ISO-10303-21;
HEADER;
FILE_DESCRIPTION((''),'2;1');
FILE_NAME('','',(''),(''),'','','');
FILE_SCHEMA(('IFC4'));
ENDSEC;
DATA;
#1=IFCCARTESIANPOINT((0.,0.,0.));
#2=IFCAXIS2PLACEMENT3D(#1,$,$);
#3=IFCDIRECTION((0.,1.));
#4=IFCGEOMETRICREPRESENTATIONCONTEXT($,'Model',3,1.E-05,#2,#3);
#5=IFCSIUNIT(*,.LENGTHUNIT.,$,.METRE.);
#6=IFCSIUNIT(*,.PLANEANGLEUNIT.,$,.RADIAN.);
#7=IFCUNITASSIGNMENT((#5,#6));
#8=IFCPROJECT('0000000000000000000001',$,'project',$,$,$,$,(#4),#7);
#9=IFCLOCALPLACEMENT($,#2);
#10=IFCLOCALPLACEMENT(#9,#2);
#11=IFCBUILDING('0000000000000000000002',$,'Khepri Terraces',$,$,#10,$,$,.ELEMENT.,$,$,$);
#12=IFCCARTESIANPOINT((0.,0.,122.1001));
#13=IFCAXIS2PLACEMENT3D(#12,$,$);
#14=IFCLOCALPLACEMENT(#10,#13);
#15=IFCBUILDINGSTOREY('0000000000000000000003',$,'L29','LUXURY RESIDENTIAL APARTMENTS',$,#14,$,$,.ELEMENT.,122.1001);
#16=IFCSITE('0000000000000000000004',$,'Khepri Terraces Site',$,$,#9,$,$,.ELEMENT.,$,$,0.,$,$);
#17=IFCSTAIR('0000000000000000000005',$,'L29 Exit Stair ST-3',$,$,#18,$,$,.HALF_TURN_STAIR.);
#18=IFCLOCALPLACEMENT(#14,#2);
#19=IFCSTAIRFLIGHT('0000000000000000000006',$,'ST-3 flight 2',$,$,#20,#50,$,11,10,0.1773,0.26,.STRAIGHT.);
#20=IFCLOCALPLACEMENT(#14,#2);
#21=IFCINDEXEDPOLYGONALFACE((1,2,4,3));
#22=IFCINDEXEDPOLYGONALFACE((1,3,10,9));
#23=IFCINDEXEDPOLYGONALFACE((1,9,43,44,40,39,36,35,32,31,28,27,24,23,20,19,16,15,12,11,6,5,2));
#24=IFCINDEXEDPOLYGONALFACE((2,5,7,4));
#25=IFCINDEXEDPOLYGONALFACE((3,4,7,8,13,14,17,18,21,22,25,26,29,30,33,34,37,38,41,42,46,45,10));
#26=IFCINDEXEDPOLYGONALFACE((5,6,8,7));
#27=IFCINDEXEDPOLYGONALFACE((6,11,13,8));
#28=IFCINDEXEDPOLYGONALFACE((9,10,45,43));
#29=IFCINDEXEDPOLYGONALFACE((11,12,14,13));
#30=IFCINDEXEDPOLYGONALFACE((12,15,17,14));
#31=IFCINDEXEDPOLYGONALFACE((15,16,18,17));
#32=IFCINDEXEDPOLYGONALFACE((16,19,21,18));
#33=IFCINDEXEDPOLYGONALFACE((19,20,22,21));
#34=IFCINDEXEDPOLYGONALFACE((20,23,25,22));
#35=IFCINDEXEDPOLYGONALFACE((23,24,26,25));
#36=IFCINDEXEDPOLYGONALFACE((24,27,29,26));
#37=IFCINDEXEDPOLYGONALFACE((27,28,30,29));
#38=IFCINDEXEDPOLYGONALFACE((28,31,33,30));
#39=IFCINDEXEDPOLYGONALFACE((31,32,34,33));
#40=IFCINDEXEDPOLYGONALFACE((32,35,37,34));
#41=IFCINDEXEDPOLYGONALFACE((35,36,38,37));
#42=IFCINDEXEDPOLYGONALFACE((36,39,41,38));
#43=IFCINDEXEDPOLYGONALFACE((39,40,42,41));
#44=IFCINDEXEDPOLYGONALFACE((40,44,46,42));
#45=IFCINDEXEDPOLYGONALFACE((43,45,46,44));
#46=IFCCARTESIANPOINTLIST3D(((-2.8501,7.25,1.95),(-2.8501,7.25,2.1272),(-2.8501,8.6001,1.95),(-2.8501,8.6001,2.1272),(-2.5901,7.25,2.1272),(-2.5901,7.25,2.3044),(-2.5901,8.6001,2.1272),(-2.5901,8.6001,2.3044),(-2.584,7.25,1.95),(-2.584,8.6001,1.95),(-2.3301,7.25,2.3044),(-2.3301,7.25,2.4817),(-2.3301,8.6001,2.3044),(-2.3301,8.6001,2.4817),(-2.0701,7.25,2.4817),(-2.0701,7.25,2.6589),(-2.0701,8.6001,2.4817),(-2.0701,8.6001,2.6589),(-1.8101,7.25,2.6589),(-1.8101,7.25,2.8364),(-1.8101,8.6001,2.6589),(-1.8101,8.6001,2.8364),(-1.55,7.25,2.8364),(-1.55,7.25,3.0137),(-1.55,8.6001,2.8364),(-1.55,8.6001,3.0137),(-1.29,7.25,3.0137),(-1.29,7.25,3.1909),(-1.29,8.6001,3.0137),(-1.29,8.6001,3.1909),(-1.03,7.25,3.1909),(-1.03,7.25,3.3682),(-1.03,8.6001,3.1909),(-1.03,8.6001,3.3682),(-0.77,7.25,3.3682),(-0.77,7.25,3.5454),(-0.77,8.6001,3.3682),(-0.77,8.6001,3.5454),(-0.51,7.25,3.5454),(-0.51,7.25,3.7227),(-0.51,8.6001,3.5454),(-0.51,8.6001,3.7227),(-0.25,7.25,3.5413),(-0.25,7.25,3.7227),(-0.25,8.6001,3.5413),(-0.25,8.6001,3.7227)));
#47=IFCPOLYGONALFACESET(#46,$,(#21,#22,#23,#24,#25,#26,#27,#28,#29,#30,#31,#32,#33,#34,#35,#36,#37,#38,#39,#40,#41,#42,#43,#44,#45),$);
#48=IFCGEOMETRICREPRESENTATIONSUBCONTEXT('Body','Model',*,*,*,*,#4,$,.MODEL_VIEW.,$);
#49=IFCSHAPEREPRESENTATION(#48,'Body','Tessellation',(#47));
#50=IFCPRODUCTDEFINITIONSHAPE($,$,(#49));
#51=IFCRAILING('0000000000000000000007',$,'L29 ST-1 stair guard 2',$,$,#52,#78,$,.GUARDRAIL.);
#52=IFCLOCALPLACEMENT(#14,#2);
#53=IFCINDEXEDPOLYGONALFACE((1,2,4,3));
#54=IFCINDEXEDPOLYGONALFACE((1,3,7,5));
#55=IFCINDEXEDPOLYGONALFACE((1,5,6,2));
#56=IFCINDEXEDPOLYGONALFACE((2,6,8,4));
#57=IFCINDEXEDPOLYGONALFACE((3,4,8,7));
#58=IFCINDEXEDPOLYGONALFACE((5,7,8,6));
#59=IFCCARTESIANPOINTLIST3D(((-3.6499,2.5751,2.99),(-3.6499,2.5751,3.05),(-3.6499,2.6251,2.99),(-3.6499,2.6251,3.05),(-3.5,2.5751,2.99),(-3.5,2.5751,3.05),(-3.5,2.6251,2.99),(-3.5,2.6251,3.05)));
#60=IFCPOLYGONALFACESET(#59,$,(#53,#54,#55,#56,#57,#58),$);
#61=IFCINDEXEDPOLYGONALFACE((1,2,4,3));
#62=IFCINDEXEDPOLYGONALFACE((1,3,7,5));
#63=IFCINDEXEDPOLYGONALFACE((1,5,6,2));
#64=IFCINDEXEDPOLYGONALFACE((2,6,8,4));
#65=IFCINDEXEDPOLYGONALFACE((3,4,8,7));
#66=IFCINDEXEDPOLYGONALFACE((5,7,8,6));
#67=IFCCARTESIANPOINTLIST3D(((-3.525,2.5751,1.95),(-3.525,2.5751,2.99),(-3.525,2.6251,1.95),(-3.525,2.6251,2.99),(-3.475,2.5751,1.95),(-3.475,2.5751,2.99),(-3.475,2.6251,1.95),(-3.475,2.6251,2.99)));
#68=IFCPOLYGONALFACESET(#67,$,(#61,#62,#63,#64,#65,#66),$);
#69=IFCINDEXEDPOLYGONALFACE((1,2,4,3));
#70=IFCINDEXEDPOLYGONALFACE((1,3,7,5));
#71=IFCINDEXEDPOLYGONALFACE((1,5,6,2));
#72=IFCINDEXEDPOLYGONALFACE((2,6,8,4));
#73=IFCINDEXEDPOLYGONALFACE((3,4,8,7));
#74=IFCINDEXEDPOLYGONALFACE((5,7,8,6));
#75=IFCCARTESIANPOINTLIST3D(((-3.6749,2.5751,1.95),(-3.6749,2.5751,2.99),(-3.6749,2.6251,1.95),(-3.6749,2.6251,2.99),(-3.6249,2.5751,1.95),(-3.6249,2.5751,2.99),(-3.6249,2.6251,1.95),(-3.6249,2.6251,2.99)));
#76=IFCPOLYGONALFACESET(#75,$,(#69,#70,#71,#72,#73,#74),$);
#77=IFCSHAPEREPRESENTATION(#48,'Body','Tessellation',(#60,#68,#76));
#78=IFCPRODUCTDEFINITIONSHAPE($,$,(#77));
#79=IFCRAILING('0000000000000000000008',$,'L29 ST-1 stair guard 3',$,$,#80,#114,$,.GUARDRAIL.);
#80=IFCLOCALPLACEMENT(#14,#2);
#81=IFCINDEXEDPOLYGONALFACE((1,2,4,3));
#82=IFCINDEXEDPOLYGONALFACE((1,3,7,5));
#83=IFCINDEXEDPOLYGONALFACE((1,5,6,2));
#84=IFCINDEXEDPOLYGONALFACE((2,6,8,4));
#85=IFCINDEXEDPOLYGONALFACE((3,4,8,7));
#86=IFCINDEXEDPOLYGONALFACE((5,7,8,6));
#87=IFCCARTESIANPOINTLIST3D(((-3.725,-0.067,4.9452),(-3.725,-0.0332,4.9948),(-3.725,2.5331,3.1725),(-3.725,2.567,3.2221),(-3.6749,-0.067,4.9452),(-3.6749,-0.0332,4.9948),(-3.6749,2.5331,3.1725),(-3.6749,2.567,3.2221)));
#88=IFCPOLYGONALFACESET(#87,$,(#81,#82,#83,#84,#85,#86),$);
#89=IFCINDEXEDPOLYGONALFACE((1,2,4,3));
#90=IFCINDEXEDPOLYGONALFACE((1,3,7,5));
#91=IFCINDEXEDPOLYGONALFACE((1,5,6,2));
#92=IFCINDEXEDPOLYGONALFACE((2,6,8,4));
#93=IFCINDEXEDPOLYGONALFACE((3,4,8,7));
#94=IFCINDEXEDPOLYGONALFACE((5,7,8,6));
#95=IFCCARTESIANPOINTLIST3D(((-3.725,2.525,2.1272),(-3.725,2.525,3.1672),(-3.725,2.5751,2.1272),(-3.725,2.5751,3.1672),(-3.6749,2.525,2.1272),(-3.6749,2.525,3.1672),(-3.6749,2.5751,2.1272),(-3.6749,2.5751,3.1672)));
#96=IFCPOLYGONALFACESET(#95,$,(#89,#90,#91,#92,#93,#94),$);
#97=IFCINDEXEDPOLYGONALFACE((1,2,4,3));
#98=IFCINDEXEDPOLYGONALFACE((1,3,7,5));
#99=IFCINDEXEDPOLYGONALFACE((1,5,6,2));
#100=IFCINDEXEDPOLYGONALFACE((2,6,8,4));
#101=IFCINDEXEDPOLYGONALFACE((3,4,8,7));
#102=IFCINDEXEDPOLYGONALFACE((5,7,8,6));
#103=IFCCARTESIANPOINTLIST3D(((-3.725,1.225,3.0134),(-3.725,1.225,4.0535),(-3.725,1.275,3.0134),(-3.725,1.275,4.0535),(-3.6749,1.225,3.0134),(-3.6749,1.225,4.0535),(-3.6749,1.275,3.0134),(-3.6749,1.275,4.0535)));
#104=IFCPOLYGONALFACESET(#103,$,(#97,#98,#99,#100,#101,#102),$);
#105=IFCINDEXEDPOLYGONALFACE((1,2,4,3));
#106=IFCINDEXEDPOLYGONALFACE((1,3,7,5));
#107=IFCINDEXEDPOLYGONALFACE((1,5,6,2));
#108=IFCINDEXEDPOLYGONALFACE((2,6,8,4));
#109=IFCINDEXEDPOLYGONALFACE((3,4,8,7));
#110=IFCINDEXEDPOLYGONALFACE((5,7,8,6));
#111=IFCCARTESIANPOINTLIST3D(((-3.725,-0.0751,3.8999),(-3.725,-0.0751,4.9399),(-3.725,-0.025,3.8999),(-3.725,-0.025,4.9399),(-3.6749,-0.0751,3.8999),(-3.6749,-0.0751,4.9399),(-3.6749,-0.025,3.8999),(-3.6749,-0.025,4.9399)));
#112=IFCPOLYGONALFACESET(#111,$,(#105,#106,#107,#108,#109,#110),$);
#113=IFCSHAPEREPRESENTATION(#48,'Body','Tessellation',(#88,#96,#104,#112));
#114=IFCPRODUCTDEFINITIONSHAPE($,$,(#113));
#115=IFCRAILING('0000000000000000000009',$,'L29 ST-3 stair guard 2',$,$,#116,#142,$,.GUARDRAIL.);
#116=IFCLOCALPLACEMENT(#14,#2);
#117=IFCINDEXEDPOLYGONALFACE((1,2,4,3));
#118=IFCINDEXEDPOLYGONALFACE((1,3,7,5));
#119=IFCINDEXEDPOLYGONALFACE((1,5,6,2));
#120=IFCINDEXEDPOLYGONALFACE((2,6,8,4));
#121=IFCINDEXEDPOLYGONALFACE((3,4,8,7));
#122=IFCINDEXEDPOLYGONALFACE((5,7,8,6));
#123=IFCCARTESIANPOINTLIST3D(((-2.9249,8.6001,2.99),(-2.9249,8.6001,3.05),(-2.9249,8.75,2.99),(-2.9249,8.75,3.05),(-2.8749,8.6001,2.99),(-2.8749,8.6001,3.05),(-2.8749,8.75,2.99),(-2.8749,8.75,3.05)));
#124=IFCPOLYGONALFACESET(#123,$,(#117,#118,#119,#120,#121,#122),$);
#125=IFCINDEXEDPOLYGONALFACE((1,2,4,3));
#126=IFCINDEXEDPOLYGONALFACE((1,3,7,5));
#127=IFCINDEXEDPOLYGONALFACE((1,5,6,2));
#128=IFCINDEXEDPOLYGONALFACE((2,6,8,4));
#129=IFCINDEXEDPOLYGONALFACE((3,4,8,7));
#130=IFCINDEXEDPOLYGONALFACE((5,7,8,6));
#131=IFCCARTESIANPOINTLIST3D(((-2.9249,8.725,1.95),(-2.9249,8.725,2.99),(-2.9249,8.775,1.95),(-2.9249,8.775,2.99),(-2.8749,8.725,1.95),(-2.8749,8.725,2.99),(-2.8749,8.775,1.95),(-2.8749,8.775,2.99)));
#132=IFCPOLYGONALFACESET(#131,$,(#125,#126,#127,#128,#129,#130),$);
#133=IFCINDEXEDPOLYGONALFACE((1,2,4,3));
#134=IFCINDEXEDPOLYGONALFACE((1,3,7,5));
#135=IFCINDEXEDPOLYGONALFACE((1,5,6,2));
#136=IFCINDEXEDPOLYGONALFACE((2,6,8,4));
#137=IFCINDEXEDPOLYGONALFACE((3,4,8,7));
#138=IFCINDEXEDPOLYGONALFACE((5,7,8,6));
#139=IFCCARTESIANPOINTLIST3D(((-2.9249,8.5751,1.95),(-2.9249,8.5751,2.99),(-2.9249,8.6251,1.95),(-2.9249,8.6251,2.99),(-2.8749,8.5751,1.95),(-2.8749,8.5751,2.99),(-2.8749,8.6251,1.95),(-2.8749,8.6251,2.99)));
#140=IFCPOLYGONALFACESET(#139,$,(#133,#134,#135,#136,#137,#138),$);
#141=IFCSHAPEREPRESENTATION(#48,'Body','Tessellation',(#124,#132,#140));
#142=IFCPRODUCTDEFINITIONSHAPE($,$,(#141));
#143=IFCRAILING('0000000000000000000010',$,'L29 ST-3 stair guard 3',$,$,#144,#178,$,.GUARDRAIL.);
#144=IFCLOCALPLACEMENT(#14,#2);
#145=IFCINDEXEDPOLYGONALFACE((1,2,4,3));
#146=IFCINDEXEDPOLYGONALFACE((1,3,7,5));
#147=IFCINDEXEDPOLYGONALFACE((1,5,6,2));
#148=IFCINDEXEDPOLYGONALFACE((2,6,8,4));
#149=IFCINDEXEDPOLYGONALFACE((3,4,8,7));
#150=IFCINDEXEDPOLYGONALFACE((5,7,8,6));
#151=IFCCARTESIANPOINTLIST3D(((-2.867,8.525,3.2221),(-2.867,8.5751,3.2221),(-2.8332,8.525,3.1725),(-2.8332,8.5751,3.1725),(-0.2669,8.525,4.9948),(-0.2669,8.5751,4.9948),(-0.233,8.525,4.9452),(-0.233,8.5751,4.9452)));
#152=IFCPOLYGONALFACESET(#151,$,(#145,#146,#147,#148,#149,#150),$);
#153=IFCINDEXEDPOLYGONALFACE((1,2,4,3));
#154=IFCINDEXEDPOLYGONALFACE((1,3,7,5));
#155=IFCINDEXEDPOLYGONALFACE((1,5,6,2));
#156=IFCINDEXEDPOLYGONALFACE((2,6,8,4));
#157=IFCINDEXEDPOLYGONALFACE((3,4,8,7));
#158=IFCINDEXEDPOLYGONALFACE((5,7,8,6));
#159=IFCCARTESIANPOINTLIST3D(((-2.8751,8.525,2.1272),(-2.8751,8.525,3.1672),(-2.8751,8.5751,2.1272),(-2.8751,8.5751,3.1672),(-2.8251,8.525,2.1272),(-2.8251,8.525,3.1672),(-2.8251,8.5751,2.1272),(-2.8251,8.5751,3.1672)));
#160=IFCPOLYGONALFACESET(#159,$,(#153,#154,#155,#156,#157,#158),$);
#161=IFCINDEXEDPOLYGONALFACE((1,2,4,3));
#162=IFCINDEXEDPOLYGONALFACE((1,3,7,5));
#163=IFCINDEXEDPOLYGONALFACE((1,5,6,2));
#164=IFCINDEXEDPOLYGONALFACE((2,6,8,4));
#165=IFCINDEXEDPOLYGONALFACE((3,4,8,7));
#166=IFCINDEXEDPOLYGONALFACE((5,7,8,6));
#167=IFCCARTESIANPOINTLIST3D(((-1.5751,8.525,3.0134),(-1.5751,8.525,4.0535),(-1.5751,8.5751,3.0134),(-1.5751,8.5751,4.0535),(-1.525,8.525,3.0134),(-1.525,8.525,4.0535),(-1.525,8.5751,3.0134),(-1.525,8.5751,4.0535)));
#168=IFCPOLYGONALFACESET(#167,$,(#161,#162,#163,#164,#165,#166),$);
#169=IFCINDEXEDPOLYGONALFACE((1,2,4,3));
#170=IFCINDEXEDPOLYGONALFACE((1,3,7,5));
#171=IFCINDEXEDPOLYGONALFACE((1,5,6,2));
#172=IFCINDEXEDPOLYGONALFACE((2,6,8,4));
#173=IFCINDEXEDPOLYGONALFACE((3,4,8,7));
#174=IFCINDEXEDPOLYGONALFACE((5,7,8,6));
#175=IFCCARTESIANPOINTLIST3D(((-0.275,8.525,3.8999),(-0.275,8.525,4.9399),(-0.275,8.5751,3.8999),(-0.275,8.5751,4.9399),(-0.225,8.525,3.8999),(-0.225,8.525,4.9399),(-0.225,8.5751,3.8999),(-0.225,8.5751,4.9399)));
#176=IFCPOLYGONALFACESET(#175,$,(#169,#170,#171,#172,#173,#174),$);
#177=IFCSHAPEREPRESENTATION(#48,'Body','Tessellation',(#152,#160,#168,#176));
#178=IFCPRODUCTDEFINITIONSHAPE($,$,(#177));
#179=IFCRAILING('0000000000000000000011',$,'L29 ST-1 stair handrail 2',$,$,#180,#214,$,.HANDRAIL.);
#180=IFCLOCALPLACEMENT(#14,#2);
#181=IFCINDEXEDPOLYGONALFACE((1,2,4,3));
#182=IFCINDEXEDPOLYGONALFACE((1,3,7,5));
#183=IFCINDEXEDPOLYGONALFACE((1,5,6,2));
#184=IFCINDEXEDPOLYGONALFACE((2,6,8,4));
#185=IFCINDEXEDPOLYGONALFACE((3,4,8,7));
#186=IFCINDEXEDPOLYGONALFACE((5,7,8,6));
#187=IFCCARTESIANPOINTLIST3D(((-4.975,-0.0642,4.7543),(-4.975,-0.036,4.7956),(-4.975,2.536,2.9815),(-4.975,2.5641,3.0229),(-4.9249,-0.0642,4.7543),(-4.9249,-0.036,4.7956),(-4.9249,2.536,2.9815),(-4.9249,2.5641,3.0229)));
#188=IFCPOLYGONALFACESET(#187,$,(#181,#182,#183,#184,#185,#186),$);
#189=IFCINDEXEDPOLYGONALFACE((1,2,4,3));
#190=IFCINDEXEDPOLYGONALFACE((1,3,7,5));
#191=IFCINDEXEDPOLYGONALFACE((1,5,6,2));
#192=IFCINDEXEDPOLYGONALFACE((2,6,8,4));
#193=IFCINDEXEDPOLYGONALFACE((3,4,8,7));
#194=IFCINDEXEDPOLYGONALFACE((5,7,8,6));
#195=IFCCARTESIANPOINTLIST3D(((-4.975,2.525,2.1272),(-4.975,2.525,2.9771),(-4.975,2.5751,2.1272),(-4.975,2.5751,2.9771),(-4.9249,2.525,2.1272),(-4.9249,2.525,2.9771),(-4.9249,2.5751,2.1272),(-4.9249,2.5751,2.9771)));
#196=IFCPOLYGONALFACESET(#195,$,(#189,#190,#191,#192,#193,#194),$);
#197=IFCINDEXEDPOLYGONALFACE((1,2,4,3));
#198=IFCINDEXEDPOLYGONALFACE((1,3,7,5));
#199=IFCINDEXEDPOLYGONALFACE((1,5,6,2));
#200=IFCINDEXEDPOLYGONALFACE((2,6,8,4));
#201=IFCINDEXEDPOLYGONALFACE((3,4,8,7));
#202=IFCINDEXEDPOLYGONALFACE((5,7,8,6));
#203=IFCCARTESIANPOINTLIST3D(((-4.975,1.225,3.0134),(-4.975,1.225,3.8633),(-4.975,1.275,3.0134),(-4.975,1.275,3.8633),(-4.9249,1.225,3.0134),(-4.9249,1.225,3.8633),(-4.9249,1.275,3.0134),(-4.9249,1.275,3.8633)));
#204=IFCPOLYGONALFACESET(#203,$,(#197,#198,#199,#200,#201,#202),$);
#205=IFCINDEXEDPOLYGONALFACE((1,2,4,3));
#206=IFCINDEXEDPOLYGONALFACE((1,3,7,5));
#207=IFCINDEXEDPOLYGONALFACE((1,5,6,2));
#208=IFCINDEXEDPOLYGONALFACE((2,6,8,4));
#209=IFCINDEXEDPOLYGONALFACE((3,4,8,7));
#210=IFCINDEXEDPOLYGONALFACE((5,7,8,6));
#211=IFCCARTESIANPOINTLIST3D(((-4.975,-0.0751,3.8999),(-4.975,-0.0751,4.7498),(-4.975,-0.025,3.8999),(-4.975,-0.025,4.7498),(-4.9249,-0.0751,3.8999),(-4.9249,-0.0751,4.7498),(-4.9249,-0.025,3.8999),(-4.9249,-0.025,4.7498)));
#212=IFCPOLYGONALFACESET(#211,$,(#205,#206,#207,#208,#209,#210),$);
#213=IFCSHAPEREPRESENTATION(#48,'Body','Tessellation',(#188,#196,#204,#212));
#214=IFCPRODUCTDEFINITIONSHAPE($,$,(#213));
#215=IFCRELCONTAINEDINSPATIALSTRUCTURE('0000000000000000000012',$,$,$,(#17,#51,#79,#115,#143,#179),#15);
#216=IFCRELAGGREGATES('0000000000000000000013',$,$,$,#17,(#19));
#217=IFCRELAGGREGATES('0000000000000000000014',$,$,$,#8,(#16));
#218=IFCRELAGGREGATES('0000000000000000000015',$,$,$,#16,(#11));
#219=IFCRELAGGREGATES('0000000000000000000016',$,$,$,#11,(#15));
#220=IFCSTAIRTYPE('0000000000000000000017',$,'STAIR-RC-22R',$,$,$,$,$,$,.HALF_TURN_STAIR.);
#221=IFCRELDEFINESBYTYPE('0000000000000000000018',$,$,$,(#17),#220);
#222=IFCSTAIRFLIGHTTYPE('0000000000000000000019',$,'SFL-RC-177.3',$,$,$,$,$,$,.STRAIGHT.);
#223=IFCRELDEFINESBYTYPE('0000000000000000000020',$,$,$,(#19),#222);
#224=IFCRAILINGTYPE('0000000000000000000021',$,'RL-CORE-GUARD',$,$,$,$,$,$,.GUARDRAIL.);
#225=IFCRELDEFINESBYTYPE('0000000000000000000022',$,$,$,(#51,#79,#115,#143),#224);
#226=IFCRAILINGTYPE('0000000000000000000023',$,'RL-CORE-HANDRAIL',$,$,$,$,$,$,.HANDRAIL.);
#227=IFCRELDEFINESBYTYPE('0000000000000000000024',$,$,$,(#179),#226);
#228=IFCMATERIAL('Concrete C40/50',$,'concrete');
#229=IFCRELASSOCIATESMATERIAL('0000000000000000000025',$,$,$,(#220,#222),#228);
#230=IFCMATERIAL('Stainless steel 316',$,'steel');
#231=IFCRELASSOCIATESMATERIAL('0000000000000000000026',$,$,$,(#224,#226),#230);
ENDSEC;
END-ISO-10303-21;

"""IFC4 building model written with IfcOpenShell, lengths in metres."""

from ifc_helpers import new_model, si_unit, direction, frame, origin, origin_2d, place, context, subcontext, project, spatial, polyline, rectangle, outline, extrude, material, type_object, element, aggregate, save


model = new_model("IFC4")

# Units and contexts
model_context = context("Model", 3, precision=1e-05, world=origin(), true_north=direction((0.0, 1.0)))
body_context = subcontext(model_context, "Body", "Model", "MODEL_VIEW")
ifc_project = project(units=[si_unit("LENGTHUNIT", "METRE"), si_unit("PLANEANGLEUNIT", "RADIAN")], contexts=[model_context])

# Site, building, storey
site_placement = place(None, origin())
site = spatial("IfcSite", under=ifc_project, at=site_placement, Name="Khepri Terraces Site", CompositionType="ELEMENT", RefElevation=0.0)
building_placement = place(site_placement, origin())
building = spatial("IfcBuilding", under=site, at=building_placement, Name="Khepri Terraces", CompositionType="ELEMENT")
storey_placement = place(building_placement, frame((0.0, 0.0, 122.1001)))
storey = spatial("IfcBuildingStorey", under=building, at=storey_placement, Name="L29", Description="LUXURY RESIDENTIAL APARTMENTS", CompositionType="ELEMENT", Elevation=122.1001)

# Stair, stair flight
ifc_material_1 = material(Name="Concrete C40/50", Category="concrete")
stair_type = type_object("IfcStairType", Name="STAIR-RC-22R", PredefinedType="HALF_TURN_STAIR", material=ifc_material_1)
stair_flight_type = type_object("IfcStairFlightType", Name="SFL-RC-177.3", PredefinedType="STRAIGHT", material=ifc_material_1)
stair_1_placement = place(storey_placement, origin())
stair_1 = element("IfcStair", 1, at=stair_1_placement, inside=storey, type_object=stair_type, Name="L29 Exit Stair ST-3", PredefinedType="HALF_TURN_STAIR")
stair_flight_1_placement = place(storey_placement, frame((-2.8501, 7.925, 1.95), z_axis=(0.0, 0.0, 1.0), x_axis=(1.0, 0.0, 0.0)))
stair_flight_1 = element("IfcStairFlight", 2, at=stair_flight_1_placement, type_object=stair_flight_type, Name="ST-3 flight 2", NumberOfRisers=11, NumberOfTreads=10, PredefinedType="STRAIGHT", RiserHeight=0.1773, TreadLength=0.26, context=body_context, shape_type="SweptSolid", body=[
    extrude(outline(polyline([(0.0, 0.0), (0.0, 0.1772), (0.26, 0.1772), (0.26, 0.3545), (0.52, 0.3545), (0.52, 0.5317), (0.78, 0.5317), (0.78, 0.709), (1.04, 0.709), (1.04, 0.8865), (1.3, 0.8865), (1.3, 1.0637), (1.5601, 1.0637), (1.5601, 1.241), (1.8201, 1.241), (1.8201, 1.4182), (2.0801, 1.4182), (2.0801, 1.5955), (2.3401, 1.5955), (2.3401, 1.7727), (2.6001, 1.7727), (2.6001, 1.95), (2.6001, 1.5913), (0.2661, 0.0), (0.0, 0.0)])), frame((0.0, 0.675, 0.0), z_axis=(0.0, -1.0, 0.0), x_axis=(1.0, 0.0, 0.0)), (0.0, 0.0, 1.0), 1.3501),
])
aggregate(stair_1, [stair_flight_1])

# Railings
ifc_material_2 = material(Name="Stainless steel 316", Category="steel")
railing_type_1 = type_object("IfcRailingType", Name="RL-CORE-GUARD", PredefinedType="GUARDRAIL", material=ifc_material_2)
railing_1_placement = place(storey_placement, frame((-3.5, 2.6001, 1.95)))
element("IfcRailing", 3, at=railing_1_placement, inside=storey, type_object=railing_type_1, Name="L29 ST-1 stair guard 2", PredefinedType="GUARDRAIL", context=body_context, shape_type="SweptSolid", body=[
    extrude(rectangle(XDim=0.05, YDim=0.0601, at=origin_2d()), frame((0.0, 0.0, 1.0701), z_axis=(-1.0, 0.0, 0.0), x_axis=(0.0, -1.0, 0.0)), (0.0, 0.0, 1.0), 0.1499),
    extrude(rectangle(XDim=0.05, YDim=0.05, at=origin_2d()), origin(), (0.0, 0.0, 1.0), 1.04),
    extrude(rectangle(XDim=0.05, YDim=0.05, at=origin_2d()), frame((-0.1499, 0.0, 0.0)), (0.0, 0.0, 1.0), 1.04),
])
railing_2_placement = place(storey_placement, frame((-3.7, 2.55, 2.1272)))
element("IfcRailing", 4, at=railing_2_placement, inside=storey, type_object=railing_type_1, Name="L29 ST-1 stair guard 3", PredefinedType="GUARDRAIL", context=body_context, shape_type="SweptSolid", body=[
    extrude(rectangle(XDim=0.05, YDim=0.0601, at=origin_2d()), frame((0.0, 0.0, 1.0701), z_axis=(0.0, -0.82624, 0.563318), x_axis=(1.0, 0.0, 0.0)), (0.0, 0.0, 1.0), 3.147),
    extrude(rectangle(XDim=0.05, YDim=0.05, at=origin_2d()), origin(), (0.0, 0.0, 1.0), 1.04),
    extrude(rectangle(XDim=0.05, YDim=0.05, at=origin_2d()), frame((0.0, -1.3, 0.8862)), (0.0, 0.0, 1.0), 1.04),
    extrude(rectangle(XDim=0.05, YDim=0.05, at=origin_2d()), frame((0.0, -2.6001, 1.7727)), (0.0, 0.0, 1.0), 1.04),
])
railing_3_placement = place(storey_placement, frame((-2.8999, 8.75, 1.95)))
element("IfcRailing", 5, at=railing_3_placement, inside=storey, type_object=railing_type_1, Name="L29 ST-3 stair guard 2", PredefinedType="GUARDRAIL", context=body_context, shape_type="SweptSolid", body=[
    extrude(rectangle(XDim=0.05, YDim=0.0601, at=origin_2d()), frame((0.0, 0.0, 1.0701), z_axis=(0.0, -1.0, 0.0), x_axis=(1.0, 0.0, 0.0)), (0.0, 0.0, 1.0), 0.1499),
    extrude(rectangle(XDim=0.05, YDim=0.05, at=origin_2d()), origin(), (0.0, 0.0, 1.0), 1.04),
    extrude(rectangle(XDim=0.05, YDim=0.05, at=origin_2d()), frame((0.0, -0.1499, 0.0)), (0.0, 0.0, 1.0), 1.04),
])
railing_4_placement = place(storey_placement, frame((-2.8501, 8.55, 2.1272)))
element("IfcRailing", 6, at=railing_4_placement, inside=storey, type_object=railing_type_1, Name="L29 ST-3 stair guard 3", PredefinedType="GUARDRAIL", context=body_context, shape_type="SweptSolid", body=[
    extrude(rectangle(XDim=0.05, YDim=0.0601, at=origin_2d()), frame((0.0, 0.0, 1.0701), z_axis=(0.82624, 0.0, 0.563318), x_axis=(0.0, 1.0, 0.0)), (0.0, 0.0, 1.0), 3.147),
    extrude(rectangle(XDim=0.05, YDim=0.05, at=origin_2d()), origin(), (0.0, 0.0, 1.0), 1.04),
    extrude(rectangle(XDim=0.05, YDim=0.05, at=origin_2d()), frame((1.3, 0.0, 0.8862)), (0.0, 0.0, 1.0), 1.04),
    extrude(rectangle(XDim=0.05, YDim=0.05, at=origin_2d()), frame((2.6001, 0.0, 1.7727)), (0.0, 0.0, 1.0), 1.04),
])
railing_type_2 = type_object("IfcRailingType", Name="RL-CORE-HANDRAIL", PredefinedType="HANDRAIL", material=ifc_material_2)
railing_5_placement = place(storey_placement, frame((-4.95, 2.55, 2.1272)))
element("IfcRailing", 7, at=railing_5_placement, inside=storey, type_object=railing_type_2, Name="L29 ST-1 stair handrail 2", PredefinedType="HANDRAIL", context=body_context, shape_type="SweptSolid", body=[
    extrude(rectangle(XDim=0.05, YDim=0.05, at=origin_2d()), frame((0.0, 0.0, 0.875), z_axis=(0.0, -0.82624, 0.563318), x_axis=(1.0, 0.0, 0.0)), (0.0, 0.0, 1.0), 3.147),
    extrude(rectangle(XDim=0.05, YDim=0.05, at=origin_2d()), origin(), (0.0, 0.0, 1.0), 0.8499),
    extrude(rectangle(XDim=0.05, YDim=0.05, at=origin_2d()), frame((0.0, -1.3, 0.8862)), (0.0, 0.0, 1.0), 0.8499),
    extrude(rectangle(XDim=0.05, YDim=0.05, at=origin_2d()), frame((0.0, -2.6001, 1.7727)), (0.0, 0.0, 1.0), 0.8499),
])

save(model, "model.ifc")
